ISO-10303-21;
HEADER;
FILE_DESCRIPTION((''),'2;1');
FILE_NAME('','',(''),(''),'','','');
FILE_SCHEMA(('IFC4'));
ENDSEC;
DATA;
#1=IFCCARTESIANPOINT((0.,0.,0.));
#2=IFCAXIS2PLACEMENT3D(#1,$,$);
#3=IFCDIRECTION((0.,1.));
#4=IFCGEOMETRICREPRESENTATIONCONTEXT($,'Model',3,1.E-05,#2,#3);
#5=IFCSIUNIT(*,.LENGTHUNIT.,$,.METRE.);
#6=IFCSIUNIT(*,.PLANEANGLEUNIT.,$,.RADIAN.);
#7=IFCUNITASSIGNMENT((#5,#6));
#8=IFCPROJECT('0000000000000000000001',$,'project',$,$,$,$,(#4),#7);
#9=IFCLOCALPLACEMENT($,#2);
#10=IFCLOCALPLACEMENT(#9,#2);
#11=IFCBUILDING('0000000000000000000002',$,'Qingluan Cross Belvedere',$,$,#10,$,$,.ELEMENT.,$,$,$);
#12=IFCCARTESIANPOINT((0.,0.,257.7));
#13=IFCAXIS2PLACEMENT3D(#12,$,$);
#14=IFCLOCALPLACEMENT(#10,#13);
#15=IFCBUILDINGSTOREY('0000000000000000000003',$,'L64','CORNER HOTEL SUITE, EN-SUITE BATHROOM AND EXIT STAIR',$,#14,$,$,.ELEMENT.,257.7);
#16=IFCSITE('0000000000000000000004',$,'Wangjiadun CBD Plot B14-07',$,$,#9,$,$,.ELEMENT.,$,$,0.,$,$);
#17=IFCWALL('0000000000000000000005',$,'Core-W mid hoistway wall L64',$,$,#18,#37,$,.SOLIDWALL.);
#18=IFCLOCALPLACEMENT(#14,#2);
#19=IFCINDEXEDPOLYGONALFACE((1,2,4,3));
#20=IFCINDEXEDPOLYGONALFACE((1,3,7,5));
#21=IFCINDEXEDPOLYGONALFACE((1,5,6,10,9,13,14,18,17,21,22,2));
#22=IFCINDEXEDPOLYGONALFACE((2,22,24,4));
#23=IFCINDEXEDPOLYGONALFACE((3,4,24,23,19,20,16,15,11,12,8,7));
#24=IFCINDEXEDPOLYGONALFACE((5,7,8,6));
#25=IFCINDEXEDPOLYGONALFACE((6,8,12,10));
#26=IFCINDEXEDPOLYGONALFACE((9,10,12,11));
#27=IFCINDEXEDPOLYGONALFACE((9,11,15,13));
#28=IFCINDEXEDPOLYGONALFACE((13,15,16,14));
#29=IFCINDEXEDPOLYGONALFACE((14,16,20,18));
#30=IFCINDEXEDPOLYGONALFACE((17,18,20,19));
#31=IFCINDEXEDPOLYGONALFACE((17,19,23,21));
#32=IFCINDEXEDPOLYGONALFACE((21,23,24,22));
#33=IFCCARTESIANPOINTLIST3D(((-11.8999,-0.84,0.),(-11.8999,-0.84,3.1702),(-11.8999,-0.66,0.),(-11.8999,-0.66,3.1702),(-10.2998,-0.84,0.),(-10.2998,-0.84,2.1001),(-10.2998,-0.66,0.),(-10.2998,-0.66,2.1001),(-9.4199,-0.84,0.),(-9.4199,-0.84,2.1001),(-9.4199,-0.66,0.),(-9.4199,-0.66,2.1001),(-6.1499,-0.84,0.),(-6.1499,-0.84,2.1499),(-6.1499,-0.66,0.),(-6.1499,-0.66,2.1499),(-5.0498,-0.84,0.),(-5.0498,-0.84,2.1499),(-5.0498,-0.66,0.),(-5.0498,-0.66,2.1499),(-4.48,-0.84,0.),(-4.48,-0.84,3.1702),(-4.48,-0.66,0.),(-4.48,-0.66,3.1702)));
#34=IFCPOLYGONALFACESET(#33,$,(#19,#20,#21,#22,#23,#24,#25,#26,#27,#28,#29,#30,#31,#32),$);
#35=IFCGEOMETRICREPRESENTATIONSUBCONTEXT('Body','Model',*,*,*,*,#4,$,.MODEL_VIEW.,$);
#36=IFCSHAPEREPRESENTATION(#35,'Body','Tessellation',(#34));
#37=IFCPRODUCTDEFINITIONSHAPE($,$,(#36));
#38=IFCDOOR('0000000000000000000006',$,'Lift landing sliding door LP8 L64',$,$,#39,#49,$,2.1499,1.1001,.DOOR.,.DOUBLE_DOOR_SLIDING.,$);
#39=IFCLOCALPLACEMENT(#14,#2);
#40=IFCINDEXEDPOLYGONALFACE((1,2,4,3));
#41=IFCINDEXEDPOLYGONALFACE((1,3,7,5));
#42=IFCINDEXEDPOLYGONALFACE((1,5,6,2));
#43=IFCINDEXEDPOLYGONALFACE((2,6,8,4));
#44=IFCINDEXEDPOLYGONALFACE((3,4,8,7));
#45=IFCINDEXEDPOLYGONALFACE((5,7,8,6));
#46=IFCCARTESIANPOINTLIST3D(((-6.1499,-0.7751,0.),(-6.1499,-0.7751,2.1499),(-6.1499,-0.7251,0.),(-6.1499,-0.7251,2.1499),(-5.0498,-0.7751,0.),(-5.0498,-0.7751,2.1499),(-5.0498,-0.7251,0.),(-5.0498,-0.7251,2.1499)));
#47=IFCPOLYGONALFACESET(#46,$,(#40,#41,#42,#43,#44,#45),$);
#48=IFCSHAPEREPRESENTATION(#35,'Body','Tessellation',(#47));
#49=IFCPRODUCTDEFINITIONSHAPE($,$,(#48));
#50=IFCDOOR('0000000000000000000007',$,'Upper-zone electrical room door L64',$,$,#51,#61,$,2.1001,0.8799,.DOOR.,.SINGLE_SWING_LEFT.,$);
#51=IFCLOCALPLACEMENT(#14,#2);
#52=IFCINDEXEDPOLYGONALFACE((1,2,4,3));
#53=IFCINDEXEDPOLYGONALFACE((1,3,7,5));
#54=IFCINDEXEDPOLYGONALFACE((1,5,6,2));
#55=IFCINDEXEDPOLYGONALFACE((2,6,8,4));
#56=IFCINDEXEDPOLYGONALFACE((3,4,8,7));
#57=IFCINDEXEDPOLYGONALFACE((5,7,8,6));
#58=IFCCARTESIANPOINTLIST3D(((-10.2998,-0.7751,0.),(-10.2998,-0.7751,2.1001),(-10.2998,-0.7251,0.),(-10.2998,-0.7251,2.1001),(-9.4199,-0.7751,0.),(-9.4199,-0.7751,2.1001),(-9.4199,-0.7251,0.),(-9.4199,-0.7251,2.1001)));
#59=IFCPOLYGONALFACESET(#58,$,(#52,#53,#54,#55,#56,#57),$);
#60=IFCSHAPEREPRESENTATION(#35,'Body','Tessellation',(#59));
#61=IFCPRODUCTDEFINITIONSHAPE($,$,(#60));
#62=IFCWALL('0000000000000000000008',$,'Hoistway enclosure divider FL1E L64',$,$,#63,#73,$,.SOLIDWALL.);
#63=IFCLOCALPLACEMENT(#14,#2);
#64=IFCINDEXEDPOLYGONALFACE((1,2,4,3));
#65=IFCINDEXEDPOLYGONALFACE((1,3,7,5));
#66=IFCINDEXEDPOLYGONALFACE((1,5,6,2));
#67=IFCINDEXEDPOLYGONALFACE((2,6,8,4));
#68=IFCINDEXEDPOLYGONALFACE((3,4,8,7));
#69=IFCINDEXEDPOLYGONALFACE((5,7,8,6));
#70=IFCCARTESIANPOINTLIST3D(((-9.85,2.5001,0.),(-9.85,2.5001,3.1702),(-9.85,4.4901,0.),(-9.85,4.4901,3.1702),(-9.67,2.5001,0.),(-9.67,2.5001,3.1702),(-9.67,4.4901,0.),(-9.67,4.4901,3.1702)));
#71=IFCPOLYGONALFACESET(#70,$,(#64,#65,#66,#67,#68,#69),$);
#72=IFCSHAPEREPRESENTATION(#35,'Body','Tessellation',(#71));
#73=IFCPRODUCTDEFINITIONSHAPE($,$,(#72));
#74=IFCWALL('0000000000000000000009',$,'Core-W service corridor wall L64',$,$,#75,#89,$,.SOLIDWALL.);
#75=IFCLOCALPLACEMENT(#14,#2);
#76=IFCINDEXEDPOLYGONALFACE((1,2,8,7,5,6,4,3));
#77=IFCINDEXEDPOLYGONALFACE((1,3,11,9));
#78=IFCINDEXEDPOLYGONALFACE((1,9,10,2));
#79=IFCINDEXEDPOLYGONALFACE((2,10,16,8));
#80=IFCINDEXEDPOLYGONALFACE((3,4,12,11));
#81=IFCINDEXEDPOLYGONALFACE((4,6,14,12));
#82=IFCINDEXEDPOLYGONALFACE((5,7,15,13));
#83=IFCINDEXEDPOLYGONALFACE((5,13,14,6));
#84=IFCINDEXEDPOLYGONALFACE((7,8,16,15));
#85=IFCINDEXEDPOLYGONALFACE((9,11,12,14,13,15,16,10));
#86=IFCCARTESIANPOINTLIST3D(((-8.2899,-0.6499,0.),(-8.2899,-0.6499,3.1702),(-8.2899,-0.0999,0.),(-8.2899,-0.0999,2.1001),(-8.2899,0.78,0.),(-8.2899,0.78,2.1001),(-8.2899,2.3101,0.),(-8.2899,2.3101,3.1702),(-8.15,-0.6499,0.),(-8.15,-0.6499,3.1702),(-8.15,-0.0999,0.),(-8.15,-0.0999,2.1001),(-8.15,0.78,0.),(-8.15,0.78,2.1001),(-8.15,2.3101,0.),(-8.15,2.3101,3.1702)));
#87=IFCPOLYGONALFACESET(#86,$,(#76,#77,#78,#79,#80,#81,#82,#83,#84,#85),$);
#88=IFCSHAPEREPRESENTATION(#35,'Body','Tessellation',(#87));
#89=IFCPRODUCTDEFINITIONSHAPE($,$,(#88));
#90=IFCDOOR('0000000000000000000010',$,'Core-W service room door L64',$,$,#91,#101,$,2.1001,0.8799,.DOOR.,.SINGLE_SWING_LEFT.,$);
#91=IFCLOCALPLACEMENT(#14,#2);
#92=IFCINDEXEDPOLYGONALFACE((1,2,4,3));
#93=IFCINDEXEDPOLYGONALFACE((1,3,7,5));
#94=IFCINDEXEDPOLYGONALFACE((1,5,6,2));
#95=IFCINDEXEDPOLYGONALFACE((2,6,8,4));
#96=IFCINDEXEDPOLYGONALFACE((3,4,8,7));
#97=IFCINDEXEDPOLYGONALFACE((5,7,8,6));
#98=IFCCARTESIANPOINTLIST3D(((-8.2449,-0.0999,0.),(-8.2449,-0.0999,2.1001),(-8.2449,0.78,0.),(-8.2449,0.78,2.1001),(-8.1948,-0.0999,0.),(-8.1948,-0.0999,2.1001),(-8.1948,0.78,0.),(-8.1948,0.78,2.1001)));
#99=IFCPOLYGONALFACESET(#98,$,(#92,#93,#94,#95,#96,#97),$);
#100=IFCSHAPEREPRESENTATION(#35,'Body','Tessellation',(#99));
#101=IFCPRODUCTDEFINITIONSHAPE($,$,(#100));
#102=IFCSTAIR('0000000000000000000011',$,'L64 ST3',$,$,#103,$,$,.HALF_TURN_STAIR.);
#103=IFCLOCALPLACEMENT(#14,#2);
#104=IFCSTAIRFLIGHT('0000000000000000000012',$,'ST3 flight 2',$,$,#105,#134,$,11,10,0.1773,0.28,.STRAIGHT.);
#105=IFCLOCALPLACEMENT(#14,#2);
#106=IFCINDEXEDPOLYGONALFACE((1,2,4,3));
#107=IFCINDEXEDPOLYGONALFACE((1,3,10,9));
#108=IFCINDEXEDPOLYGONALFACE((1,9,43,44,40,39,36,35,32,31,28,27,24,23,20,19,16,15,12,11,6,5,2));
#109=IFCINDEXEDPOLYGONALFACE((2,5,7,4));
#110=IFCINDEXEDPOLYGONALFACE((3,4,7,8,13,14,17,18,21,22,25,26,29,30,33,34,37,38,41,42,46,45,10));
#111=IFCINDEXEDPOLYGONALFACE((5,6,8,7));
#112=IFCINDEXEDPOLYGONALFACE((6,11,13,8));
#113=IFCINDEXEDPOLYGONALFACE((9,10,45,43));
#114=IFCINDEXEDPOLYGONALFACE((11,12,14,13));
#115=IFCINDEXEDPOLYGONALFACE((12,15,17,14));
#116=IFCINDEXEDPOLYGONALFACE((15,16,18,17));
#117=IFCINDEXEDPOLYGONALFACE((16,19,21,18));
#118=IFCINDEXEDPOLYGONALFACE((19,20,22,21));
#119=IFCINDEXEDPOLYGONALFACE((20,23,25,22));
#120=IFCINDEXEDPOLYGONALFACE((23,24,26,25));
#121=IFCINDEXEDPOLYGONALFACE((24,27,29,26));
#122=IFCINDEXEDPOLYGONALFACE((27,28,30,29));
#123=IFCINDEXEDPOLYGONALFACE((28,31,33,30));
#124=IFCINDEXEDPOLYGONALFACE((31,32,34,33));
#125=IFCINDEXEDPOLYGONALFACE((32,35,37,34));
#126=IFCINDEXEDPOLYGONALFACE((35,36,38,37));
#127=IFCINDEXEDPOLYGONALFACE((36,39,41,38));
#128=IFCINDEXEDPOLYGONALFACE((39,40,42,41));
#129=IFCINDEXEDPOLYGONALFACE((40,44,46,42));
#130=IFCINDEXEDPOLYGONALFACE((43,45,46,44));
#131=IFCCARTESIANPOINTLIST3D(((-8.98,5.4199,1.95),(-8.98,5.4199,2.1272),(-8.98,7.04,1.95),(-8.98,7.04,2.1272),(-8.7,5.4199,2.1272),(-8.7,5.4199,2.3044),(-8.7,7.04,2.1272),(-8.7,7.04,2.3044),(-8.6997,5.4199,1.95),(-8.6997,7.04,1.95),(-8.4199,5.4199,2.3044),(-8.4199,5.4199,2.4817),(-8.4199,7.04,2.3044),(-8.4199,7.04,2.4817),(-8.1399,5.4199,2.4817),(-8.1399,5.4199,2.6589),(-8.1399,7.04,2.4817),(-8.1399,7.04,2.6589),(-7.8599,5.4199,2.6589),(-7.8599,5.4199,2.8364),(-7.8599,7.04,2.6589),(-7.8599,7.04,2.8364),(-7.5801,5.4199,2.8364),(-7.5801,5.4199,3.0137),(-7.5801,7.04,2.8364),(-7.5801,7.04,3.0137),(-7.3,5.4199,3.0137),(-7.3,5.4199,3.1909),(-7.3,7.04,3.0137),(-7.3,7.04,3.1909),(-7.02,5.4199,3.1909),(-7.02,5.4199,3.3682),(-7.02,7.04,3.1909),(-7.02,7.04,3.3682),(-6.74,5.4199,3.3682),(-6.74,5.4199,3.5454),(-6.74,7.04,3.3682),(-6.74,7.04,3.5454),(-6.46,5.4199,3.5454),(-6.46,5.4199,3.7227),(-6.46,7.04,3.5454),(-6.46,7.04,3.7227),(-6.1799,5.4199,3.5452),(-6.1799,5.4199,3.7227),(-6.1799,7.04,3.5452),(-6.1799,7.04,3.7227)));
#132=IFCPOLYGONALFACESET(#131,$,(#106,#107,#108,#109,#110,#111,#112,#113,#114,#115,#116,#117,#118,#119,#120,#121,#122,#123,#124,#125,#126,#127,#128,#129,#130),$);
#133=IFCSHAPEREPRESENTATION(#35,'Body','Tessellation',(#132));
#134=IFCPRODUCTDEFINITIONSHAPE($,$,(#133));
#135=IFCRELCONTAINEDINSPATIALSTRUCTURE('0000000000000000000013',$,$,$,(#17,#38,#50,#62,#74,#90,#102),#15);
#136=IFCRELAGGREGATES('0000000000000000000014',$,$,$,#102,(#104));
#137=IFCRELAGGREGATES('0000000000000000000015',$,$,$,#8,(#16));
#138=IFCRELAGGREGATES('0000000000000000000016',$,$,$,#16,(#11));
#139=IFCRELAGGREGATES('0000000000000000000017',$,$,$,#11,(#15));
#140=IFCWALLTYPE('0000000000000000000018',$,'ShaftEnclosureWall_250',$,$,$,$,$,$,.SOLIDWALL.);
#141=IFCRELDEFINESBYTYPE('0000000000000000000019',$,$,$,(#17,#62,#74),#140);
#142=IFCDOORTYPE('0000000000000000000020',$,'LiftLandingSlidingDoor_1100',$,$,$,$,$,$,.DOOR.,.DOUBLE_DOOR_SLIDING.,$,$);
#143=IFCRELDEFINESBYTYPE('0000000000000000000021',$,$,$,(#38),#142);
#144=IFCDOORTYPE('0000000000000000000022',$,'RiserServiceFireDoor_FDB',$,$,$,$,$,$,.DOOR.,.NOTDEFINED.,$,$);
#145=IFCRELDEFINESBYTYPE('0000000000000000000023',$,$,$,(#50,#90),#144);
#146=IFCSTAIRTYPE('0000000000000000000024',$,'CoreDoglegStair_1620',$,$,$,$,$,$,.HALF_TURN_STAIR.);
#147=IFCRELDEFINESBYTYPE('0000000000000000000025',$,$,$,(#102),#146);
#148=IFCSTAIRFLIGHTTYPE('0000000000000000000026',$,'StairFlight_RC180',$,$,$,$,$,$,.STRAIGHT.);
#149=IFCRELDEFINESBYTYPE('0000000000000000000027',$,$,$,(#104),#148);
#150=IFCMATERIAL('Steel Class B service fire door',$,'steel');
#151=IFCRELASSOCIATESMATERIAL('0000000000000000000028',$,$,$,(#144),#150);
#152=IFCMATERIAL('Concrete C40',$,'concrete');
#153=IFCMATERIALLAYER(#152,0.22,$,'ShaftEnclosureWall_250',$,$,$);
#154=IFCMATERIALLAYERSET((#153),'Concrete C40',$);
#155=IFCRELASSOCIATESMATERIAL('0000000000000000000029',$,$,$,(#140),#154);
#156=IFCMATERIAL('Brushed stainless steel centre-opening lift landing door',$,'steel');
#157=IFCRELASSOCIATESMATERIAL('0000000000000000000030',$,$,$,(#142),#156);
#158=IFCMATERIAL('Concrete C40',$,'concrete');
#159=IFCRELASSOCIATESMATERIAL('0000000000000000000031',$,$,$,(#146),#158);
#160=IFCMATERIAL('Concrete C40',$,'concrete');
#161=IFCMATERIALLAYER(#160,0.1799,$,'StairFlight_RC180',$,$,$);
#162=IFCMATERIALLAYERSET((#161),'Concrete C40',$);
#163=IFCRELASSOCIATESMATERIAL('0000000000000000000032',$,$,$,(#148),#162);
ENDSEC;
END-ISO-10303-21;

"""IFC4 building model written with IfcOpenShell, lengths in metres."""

from ifc_helpers import new_model, si_unit, direction, frame, frame_2d, origin, place, context, subcontext, project, spatial, polyline, rectangle, outline, extrude, material, layer, layer_set, type_object, element, fill, aggregate, save


model = new_model("IFC4")

# Units and contexts
model_context = context("Model", 3, precision=1e-05, world=origin(), true_north=direction((0.0, 1.0)))
body_context = subcontext(model_context, "Body", "Model", "MODEL_VIEW")
ifc_project = project(units=[si_unit("LENGTHUNIT", "METRE"), si_unit("PLANEANGLEUNIT", "RADIAN")], contexts=[model_context])

# Site, building, storey
site_placement = place(None, origin())
site = spatial("IfcSite", under=ifc_project, at=site_placement, Name="Wangjiadun CBD Plot B14-07", CompositionType="ELEMENT", RefElevation=0.0)
building_placement = place(site_placement, origin())
building = spatial("IfcBuilding", under=site, at=building_placement, Name="Qingluan Cross Belvedere", CompositionType="ELEMENT")
storey_placement = place(building_placement, frame((0.0, 0.0, 257.7)))
storey = spatial("IfcBuildingStorey", under=building, at=storey_placement, Name="L64", Description="CORNER HOTEL SUITE, EN-SUITE BATHROOM AND EXIT STAIR", CompositionType="ELEMENT", Elevation=257.7)

# Shared definitions
ifc_material_1 = material(Name="Steel Class B service fire door", Category="steel")
door_type_1 = type_object("IfcDoorType", Name="RiserServiceFireDoor_FDB", OperationType="NOTDEFINED", PredefinedType="DOOR", material=ifc_material_1)

# Wall, openings, doors
ifc_material_2 = material(Name="Concrete C40", Category="concrete")
ifc_layer_1 = layer(ifc_material_2, 0.22, Name="ShaftEnclosureWall_250")
ifc_layer_set_1 = layer_set([ifc_layer_1], Name="Concrete C40")
wall_type_1 = type_object("IfcWallType", Name="ShaftEnclosureWall_250", PredefinedType="SOLIDWALL", material=ifc_layer_set_1)
ifc_material_3 = material(Name="Brushed stainless steel centre-opening lift landing door", Category="steel")
door_type_2 = type_object("IfcDoorType", Name="LiftLandingSlidingDoor_1100", OperationType="DOUBLE_DOOR_SLIDING", PredefinedType="DOOR", material=ifc_material_3)
wall_1_placement = place(storey_placement, frame((-11.8999, -0.75, 0.0), z_axis=(0.0, 0.0, 1.0), x_axis=(1.0, 0.0, 0.0)))
wall_1 = element("IfcWall", 1, at=wall_1_placement, inside=storey, type_object=wall_type_1, Name="Core-W mid hoistway wall L64", PredefinedType="SOLIDWALL", context=body_context, shape_type="SweptSolid", body=[
    extrude(rectangle(XDim=7.4199, YDim=0.1799, at=frame_2d((3.71, 0.0))), origin(), (0.0, 0.0, 1.0), 3.1702),
])
opening_1_placement = place(wall_1_placement, frame((5.75, 0.0, 0.0)))
opening_1 = element("IfcOpeningElement", 2, at=opening_1_placement, cuts=wall_1, PredefinedType="OPENING", context=body_context, shape_type="SweptSolid", body=[
    extrude(rectangle(XDim=1.1001, YDim=2.1499, at=frame_2d((0.55, 1.075))), frame((0.0, 0.0999, 0.0), z_axis=(0.0, -1.0, 0.0), x_axis=(1.0, 0.0, 0.0)), (0.0, 0.0, 1.0), 0.2),
])
opening_2_placement = place(wall_1_placement, frame((1.6001, 0.0, 0.0)))
opening_2 = element("IfcOpeningElement", 3, at=opening_2_placement, cuts=wall_1, PredefinedType="OPENING", context=body_context, shape_type="SweptSolid", body=[
    extrude(rectangle(XDim=0.8799, YDim=2.1001, at=frame_2d((0.4399, 1.05))), frame((0.0, 0.0999, 0.0), z_axis=(0.0, -1.0, 0.0), x_axis=(1.0, 0.0, 0.0)), (0.0, 0.0, 1.0), 0.2),
])
door_1_placement = place(opening_1_placement, origin())
door_1 = element("IfcDoor", 4, at=door_1_placement, inside=storey, type_object=door_type_2, Name="Lift landing sliding door LP8 L64", OperationType="DOUBLE_DOOR_SLIDING", OverallHeight=2.1499, OverallWidth=1.1001, PredefinedType="DOOR", context=body_context, shape_type="SweptSolid", body=[
    extrude(rectangle(XDim=1.1001, YDim=2.1499, at=frame_2d((0.55, 1.075))), frame((0.0, 0.0249, 0.0), z_axis=(0.0, -1.0, 0.0), x_axis=(1.0, 0.0, 0.0)), (0.0, 0.0, 1.0), 0.05),
])
fill(opening_1, door_1)
door_2_placement = place(opening_2_placement, origin())
door_2 = element("IfcDoor", 5, at=door_2_placement, inside=storey, type_object=door_type_1, Name="Upper-zone electrical room door L64", OperationType="SINGLE_SWING_LEFT", OverallHeight=2.1001, OverallWidth=0.8799, PredefinedType="DOOR", context=body_context, shape_type="SweptSolid", body=[
    extrude(rectangle(XDim=0.8799, YDim=2.1001, at=frame_2d((0.4399, 1.05))), frame((0.0, 0.0249, 0.0), z_axis=(0.0, -1.0, 0.0), x_axis=(1.0, 0.0, 0.0)), (0.0, 0.0, 1.0), 0.05),
])
fill(opening_2, door_2)

# Wall
wall_2_placement = place(storey_placement, frame((-9.76, 2.5, 0.0), z_axis=(0.0, 0.0, 1.0), x_axis=(0.0, 1.0, 0.0)))
element("IfcWall", 6, at=wall_2_placement, inside=storey, type_object=wall_type_1, Name="Hoistway enclosure divider FL1E L64", PredefinedType="SOLIDWALL", context=body_context, shape_type="SweptSolid", body=[
    extrude(rectangle(XDim=1.99, YDim=0.1799, at=frame_2d((0.9951, 0.0))), origin(), (0.0, 0.0, 1.0), 3.1702),
])

# Wall, opening, door
wall_3_placement = place(storey_placement, frame((-8.22, -0.6499, 0.0), z_axis=(0.0, 0.0, 1.0), x_axis=(0.0, 1.0, 0.0)))
wall_3 = element("IfcWall", 7, at=wall_3_placement, inside=storey, type_object=wall_type_1, Name="Core-W service corridor wall L64", PredefinedType="SOLIDWALL", context=body_context, shape_type="SweptSolid", body=[
    extrude(rectangle(XDim=2.96, YDim=0.1399, at=frame_2d((1.48, 0.0))), origin(), (0.0, 0.0, 1.0), 3.1702),
])
opening_3_placement = place(wall_3_placement, frame((0.55, 0.0, 0.0)))
opening_3 = element("IfcOpeningElement", 8, at=opening_3_placement, cuts=wall_3, PredefinedType="OPENING", context=body_context, shape_type="SweptSolid", body=[
    extrude(rectangle(XDim=0.8799, YDim=2.1001, at=frame_2d((0.4399, 1.05))), frame((0.0, 0.0798, 0.0), z_axis=(0.0, -1.0, 0.0), x_axis=(1.0, 0.0, 0.0)), (0.0, 0.0, 1.0), 0.1599),
])
door_3_placement = place(opening_3_placement, origin())
door_3 = element("IfcDoor", 9, at=door_3_placement, inside=storey, type_object=door_type_1, Name="Core-W service room door L64", OperationType="SINGLE_SWING_LEFT", OverallHeight=2.1001, OverallWidth=0.8799, PredefinedType="DOOR", context=body_context, shape_type="SweptSolid", body=[
    extrude(rectangle(XDim=0.8799, YDim=2.1001, at=frame_2d((0.4399, 1.05))), frame((0.0, 0.0249, 0.0), z_axis=(0.0, -1.0, 0.0), x_axis=(1.0, 0.0, 0.0)), (0.0, 0.0, 1.0), 0.05),
])
fill(opening_3, door_3)

# Stair, stair flight
ifc_material_4 = material(Name="Concrete C40", Category="concrete")
stair_type = type_object("IfcStairType", Name="CoreDoglegStair_1620", PredefinedType="HALF_TURN_STAIR", material=ifc_material_4)
stair_placement = place(storey_placement, origin())
stair = element("IfcStair", 10, at=stair_placement, inside=storey, type_object=stair_type, Name="L64 ST3", PredefinedType="HALF_TURN_STAIR")
ifc_material_5 = material(Name="Concrete C40", Category="concrete")
ifc_layer_2 = layer(ifc_material_5, 0.1799, Name="StairFlight_RC180")
ifc_layer_set_2 = layer_set([ifc_layer_2], Name="Concrete C40")
stair_flight_type = type_object("IfcStairFlightType", Name="StairFlight_RC180", PredefinedType="STRAIGHT", material=ifc_layer_set_2)
stair_flight_placement = place(storey_placement, frame((-8.98, 6.23, 1.95), z_axis=(0.0, 0.0, 1.0), x_axis=(1.0, 0.0, 0.0)))
stair_flight = element("IfcStairFlight", 11, at=stair_flight_placement, type_object=stair_flight_type, Name="ST3 flight 2", NumberOfRisers=11, NumberOfTreads=10, PredefinedType="STRAIGHT", RiserHeight=0.1773, TreadLength=0.28, context=body_context, shape_type="SweptSolid", body=[
    extrude(outline(polyline([(0.0, 0.0), (0.0, 0.1772), (0.28, 0.1772), (0.28, 0.3545), (0.5601, 0.3545), (0.5601, 0.5317), (0.8401, 0.5317), (0.8401, 0.709), (1.1201, 0.709), (1.1201, 0.8865), (1.3999, 0.8865), (1.3999, 1.0637), (1.6799, 1.0637), (1.6799, 1.241), (1.96, 1.241), (1.96, 1.4182), (2.24, 1.4182), (2.24, 1.5955), (2.52, 1.5955), (2.52, 1.7727), (2.8, 1.7727), (2.8, 1.95), (2.8, 1.5952), (0.2803, 0.0), (0.0, 0.0)])), frame((0.0, 0.8101, 0.0), z_axis=(0.0, -1.0, 0.0), x_axis=(1.0, 0.0, 0.0)), (0.0, 0.0, 1.0), 1.6201),
])
aggregate(stair, [stair_flight])

save(model, "model.ifc")
